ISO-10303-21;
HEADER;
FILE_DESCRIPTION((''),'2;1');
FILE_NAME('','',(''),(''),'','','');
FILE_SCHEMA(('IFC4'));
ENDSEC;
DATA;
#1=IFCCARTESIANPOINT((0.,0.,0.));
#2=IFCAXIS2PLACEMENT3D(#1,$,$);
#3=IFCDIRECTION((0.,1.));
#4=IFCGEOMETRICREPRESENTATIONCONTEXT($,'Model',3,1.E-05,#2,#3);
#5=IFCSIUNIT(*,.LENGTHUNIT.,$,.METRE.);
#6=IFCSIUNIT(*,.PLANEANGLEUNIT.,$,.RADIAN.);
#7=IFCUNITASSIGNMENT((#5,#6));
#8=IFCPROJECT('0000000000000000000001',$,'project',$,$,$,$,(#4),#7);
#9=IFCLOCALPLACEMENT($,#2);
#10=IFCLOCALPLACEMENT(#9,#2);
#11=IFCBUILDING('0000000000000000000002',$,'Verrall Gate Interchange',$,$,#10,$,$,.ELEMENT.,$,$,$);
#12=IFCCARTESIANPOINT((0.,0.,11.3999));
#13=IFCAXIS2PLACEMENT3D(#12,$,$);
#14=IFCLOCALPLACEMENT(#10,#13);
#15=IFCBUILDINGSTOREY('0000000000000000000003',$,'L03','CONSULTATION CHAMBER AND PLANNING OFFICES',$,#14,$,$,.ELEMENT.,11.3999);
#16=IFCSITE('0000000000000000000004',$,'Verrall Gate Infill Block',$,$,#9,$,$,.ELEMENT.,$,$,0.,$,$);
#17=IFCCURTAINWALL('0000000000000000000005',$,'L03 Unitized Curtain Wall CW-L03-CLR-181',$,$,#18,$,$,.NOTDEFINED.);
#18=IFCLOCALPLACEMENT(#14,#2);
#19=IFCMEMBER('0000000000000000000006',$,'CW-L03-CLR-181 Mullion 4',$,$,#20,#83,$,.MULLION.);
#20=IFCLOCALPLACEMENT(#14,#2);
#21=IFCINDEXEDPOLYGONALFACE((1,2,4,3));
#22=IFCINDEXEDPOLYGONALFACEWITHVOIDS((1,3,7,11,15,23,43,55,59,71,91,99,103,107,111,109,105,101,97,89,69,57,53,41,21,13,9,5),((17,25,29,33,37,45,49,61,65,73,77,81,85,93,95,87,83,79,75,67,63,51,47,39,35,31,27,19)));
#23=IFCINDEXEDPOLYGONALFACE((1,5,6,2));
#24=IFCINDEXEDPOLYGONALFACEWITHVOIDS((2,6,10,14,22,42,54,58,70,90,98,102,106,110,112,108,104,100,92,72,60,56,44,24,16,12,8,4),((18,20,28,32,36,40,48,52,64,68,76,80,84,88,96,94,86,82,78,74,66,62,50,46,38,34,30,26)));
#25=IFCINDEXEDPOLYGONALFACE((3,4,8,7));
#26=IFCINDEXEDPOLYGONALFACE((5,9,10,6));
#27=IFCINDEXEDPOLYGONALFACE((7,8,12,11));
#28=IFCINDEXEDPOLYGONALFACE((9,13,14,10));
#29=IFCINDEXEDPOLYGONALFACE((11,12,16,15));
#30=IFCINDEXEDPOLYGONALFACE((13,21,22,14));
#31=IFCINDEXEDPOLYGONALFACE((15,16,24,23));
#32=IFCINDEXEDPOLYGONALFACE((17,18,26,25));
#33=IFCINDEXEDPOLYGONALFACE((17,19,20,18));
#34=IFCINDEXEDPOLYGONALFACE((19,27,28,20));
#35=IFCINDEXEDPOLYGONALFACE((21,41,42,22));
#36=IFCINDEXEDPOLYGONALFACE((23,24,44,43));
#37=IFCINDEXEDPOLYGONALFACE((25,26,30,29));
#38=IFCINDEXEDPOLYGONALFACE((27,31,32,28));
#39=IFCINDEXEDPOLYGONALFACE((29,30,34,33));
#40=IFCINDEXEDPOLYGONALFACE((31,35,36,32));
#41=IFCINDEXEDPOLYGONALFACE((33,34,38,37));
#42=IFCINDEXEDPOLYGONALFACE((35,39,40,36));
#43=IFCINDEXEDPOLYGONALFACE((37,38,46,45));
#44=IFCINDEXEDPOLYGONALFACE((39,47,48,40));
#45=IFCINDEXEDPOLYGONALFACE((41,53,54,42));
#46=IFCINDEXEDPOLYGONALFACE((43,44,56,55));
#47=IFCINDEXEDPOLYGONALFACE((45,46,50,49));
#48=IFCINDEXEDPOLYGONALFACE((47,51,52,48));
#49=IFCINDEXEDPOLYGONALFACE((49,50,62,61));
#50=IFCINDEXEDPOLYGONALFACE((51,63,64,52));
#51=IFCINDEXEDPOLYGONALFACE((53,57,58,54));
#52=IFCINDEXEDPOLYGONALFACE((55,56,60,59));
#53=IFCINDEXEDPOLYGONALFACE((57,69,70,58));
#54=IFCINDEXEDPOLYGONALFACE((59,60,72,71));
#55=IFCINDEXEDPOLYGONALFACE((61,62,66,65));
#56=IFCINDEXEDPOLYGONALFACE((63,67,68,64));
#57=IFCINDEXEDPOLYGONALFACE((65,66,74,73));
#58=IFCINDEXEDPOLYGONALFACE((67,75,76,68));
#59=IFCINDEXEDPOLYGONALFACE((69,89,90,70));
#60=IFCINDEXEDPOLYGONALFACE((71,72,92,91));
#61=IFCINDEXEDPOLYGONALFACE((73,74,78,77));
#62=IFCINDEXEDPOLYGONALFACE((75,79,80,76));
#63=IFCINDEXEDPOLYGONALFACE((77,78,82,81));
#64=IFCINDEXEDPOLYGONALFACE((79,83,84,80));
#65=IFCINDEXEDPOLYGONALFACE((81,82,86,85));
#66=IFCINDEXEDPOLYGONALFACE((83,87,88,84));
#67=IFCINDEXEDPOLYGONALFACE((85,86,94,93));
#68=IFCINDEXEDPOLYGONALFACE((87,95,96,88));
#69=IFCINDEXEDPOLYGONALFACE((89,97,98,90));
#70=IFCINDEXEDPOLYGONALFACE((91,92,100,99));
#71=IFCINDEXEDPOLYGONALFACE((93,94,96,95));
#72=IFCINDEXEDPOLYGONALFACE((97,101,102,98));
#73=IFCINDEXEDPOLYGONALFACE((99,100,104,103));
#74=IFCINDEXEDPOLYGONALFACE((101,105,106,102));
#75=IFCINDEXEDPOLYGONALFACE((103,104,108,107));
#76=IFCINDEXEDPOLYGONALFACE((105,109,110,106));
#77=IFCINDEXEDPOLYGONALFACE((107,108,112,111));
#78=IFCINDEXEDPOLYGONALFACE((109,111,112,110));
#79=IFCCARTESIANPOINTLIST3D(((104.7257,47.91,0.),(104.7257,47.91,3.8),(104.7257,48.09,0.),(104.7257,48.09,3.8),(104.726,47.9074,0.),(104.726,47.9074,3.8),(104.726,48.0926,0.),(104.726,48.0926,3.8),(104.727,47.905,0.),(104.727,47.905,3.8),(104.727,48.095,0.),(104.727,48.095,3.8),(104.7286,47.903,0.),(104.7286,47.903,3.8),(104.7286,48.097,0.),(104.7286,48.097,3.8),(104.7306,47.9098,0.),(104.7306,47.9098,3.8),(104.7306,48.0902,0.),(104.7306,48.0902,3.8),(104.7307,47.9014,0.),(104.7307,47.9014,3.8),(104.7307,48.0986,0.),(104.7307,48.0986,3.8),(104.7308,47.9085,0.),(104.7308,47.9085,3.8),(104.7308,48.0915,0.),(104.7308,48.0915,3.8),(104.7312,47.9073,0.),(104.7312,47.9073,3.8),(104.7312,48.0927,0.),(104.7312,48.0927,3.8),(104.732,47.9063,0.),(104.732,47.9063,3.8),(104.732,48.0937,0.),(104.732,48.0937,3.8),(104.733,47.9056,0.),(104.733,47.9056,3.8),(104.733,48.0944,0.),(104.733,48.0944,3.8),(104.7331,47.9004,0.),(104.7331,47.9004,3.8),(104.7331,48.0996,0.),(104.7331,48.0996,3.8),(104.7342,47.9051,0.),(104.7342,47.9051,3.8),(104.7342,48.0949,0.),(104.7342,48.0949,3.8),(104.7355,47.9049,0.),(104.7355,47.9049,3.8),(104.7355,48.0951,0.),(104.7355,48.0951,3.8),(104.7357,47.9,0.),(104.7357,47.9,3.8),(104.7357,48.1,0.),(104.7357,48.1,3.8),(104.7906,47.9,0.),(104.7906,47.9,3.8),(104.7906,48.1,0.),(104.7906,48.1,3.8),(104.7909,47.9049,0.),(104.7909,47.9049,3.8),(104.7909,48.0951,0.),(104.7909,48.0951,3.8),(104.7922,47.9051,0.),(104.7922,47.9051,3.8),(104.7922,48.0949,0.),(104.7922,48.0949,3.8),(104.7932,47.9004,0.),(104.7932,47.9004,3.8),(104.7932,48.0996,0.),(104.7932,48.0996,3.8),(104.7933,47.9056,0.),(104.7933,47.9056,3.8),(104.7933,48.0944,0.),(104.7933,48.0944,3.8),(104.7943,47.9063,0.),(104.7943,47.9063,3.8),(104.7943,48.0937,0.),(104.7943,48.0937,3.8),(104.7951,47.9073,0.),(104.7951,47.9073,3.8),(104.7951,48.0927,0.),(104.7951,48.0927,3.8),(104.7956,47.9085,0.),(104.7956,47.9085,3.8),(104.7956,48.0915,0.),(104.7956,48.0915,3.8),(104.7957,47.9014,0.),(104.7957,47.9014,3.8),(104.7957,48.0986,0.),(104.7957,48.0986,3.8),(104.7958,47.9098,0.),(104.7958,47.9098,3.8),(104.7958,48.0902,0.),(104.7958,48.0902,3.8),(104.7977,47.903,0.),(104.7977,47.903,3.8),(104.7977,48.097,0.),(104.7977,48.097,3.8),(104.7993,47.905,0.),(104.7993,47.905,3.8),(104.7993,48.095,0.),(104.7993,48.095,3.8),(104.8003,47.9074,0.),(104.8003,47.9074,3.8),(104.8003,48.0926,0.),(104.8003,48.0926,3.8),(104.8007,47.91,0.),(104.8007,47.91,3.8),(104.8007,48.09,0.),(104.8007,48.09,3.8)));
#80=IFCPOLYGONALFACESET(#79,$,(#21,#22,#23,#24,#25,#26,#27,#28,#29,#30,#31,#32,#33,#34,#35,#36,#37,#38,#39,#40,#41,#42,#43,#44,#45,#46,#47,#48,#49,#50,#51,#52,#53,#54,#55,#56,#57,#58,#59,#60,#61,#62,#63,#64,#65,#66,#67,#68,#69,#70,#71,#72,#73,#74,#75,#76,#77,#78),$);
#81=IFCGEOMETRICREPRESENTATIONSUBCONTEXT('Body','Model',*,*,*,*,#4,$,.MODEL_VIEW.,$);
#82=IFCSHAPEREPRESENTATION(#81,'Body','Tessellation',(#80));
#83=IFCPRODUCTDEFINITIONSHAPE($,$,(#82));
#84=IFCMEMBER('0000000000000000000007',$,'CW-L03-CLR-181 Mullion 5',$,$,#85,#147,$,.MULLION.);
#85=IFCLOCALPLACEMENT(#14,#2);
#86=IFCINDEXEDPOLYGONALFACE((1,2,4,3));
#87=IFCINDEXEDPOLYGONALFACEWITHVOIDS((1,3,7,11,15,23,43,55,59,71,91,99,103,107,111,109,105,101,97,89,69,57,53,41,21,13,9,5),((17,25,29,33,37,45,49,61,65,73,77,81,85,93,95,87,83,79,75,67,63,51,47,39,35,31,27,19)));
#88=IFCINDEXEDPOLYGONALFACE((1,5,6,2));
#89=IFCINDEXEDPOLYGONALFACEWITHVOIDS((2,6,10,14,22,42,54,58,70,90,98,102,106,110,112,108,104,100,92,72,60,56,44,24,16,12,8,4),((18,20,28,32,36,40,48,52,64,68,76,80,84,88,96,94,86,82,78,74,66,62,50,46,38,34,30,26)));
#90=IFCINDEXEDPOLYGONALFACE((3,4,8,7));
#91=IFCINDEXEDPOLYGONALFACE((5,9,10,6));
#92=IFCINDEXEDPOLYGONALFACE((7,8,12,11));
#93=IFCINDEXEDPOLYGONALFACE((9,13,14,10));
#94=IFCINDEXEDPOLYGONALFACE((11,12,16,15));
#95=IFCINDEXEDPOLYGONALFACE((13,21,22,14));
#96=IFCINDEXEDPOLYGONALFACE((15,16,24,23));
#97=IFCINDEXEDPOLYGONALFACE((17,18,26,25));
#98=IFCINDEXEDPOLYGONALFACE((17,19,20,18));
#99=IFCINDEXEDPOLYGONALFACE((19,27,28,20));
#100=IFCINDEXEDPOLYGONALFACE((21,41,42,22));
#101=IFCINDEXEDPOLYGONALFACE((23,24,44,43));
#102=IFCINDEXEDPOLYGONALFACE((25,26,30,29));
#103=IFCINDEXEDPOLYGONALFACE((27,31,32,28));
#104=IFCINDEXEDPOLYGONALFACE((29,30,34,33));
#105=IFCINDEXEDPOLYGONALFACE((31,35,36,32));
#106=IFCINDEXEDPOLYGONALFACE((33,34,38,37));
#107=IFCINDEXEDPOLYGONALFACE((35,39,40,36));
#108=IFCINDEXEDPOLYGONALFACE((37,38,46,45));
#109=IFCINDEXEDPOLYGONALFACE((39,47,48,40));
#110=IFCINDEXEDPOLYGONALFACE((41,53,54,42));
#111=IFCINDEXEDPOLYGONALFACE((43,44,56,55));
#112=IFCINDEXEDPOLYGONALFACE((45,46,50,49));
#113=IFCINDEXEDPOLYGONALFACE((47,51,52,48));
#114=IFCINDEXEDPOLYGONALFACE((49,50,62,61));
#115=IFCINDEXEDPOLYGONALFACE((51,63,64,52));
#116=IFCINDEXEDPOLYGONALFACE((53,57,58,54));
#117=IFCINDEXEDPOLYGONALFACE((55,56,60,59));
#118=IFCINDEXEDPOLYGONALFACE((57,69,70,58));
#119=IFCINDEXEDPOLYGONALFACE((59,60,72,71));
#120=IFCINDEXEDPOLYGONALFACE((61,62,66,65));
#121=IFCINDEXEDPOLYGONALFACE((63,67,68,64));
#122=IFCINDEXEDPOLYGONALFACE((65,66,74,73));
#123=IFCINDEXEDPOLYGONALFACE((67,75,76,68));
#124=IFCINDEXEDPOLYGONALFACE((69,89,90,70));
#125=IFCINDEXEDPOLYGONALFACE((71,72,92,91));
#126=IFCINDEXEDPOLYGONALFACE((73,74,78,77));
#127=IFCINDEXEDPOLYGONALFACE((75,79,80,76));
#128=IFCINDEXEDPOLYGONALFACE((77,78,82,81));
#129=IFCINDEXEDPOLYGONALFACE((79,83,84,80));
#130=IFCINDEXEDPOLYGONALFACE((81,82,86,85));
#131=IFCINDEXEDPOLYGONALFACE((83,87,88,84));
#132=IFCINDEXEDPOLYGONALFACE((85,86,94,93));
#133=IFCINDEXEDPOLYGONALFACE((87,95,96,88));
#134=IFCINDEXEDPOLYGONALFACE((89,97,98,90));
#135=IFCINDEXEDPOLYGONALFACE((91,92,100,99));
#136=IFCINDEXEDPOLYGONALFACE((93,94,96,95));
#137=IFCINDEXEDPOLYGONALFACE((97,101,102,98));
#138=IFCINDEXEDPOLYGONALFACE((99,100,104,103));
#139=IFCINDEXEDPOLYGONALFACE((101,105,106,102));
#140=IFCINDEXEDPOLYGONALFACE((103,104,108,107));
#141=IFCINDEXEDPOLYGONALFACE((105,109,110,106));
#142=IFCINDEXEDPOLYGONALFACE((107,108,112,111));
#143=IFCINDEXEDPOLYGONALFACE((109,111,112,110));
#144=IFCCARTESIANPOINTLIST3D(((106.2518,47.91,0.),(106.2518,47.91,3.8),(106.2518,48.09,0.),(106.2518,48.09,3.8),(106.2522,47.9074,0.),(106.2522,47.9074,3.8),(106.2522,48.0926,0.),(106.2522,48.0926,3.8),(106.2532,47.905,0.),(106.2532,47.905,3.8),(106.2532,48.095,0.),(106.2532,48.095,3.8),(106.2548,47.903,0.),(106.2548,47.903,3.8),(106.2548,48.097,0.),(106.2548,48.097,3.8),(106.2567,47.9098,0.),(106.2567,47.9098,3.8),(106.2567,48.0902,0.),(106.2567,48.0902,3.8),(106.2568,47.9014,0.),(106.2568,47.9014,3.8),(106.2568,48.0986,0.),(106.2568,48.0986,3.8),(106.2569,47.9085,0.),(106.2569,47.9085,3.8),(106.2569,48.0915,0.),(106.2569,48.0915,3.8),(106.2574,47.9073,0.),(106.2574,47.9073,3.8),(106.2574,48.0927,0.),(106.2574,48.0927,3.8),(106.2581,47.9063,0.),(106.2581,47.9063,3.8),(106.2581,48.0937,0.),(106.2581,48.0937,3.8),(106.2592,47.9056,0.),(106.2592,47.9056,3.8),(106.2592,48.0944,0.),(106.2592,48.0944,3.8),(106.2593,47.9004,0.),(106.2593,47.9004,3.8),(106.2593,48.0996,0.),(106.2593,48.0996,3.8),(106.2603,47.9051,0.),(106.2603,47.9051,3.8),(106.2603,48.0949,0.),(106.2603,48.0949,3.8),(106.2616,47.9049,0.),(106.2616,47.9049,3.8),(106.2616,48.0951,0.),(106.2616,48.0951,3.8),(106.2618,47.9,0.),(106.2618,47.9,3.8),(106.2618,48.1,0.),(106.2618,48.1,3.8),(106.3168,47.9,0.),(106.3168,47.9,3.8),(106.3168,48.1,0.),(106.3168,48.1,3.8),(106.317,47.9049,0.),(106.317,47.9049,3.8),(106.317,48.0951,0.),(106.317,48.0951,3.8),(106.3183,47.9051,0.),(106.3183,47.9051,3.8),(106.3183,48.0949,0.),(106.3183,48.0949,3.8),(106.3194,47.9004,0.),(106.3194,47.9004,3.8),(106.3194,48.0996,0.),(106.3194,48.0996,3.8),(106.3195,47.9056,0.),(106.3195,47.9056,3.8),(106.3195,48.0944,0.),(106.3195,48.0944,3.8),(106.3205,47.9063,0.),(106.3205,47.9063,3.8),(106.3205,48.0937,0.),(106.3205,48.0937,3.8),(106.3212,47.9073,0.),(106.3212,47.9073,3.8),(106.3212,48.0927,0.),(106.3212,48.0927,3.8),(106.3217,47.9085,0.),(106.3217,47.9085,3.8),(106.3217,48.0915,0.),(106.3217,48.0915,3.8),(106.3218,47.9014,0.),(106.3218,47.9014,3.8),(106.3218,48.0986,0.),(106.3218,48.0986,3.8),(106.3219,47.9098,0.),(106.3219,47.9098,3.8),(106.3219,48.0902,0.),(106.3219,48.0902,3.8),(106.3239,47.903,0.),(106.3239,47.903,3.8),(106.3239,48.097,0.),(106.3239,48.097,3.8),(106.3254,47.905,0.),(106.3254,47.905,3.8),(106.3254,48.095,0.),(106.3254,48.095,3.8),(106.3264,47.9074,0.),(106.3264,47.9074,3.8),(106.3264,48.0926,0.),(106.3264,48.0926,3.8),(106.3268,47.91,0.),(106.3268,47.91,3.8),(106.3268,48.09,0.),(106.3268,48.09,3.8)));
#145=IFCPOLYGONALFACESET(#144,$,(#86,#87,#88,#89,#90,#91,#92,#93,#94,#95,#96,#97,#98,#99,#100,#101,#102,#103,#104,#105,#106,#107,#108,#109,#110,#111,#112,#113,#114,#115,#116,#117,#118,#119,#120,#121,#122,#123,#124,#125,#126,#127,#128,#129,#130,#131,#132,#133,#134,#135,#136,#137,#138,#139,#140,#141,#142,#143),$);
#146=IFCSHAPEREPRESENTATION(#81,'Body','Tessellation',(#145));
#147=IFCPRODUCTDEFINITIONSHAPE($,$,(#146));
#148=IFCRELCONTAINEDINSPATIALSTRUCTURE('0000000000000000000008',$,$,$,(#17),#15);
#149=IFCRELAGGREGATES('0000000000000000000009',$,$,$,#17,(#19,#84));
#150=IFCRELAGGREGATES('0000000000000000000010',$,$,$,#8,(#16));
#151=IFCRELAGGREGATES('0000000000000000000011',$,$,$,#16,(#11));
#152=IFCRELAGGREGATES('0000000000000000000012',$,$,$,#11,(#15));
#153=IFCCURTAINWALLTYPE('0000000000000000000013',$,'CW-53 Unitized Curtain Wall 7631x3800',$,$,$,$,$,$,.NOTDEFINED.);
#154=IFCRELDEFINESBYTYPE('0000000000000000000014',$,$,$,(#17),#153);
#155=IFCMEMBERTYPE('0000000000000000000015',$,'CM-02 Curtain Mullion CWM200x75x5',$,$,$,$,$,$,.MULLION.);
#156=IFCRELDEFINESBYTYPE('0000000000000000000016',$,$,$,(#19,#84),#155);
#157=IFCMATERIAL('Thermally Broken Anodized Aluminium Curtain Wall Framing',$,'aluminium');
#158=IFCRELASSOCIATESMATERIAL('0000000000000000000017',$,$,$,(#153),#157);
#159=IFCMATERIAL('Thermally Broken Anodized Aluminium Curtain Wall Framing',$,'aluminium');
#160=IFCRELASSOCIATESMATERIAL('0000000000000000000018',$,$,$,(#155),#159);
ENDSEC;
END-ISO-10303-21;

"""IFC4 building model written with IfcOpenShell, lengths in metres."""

from ifc_helpers import new_model, si_unit, direction, frame, origin, origin_2d, place, context, subcontext, project, spatial, hollow_rectangle, extrude, material, material_profile, profile_set, type_object, element, aggregate, save


model = new_model("IFC4")

# Units and contexts
model_context = context("Model", 3, precision=1e-05, world=origin(), true_north=direction((0.0, 1.0)))
body_context = subcontext(model_context, "Body", "Model", "MODEL_VIEW")
ifc_project = project(units=[si_unit("LENGTHUNIT", "METRE"), si_unit("PLANEANGLEUNIT", "RADIAN")], contexts=[model_context])

# Site, building, storey
site_placement = place(None, origin())
site = spatial("IfcSite", under=ifc_project, at=site_placement, Name="Verrall Gate Infill Block", CompositionType="ELEMENT", RefElevation=0.0)
building_placement = place(site_placement, origin())
building = spatial("IfcBuilding", under=site, at=building_placement, Name="Verrall Gate Interchange", CompositionType="ELEMENT")
storey_placement = place(building_placement, frame((0.0, 0.0, 11.3999)))
storey = spatial("IfcBuildingStorey", under=building, at=storey_placement, Name="L03", Description="CONSULTATION CHAMBER AND PLANNING OFFICES", CompositionType="ELEMENT", Elevation=11.3999)

# Curtain wall, members
ifc_material_1 = material(Name="Thermally Broken Anodized Aluminium Curtain Wall Framing", Category="aluminium")
curtain_wall_type = type_object("IfcCurtainWallType", Name="CW-53 Unitized Curtain Wall 7631x3800", PredefinedType="NOTDEFINED", material=ifc_material_1)
curtain_wall_placement = place(storey_placement, origin())
curtain_wall = element("IfcCurtainWall", 1, at=curtain_wall_placement, inside=storey, type_object=curtain_wall_type, Name="L03 Unitized Curtain Wall CW-L03-CLR-181", PredefinedType="NOTDEFINED")
ifc_material_2 = material(Name="Thermally Broken Anodized Aluminium Curtain Wall Framing", Category="aluminium")
ifc_material_profile_1 = material_profile(ifc_material_2, hollow_rectangle(XDim=0.075, YDim=0.2, WallThickness=0.0049, InnerFilletRadius=0.0049, OuterFilletRadius=0.01, at=origin_2d()), Name="CWM200x75x5")
ifc_profile_set_1 = profile_set([ifc_material_profile_1], Name="Thermally Broken Anodized Aluminium Curtain Wall Framing")
member_type_1 = type_object("IfcMemberType", Name="CM-02 Curtain Mullion CWM200x75x5", PredefinedType="MULLION", material=ifc_profile_set_1)
member_1_placement = place(storey_placement, frame((104.7632, 48.0, 0.0), z_axis=(0.0, 0.0, 1.0), x_axis=(1.0, 0.0, 0.0)))
member_1 = element("IfcMember", 2, at=member_1_placement, type_object=member_type_1, Name="CW-L03-CLR-181 Mullion 4", PredefinedType="MULLION", context=body_context, shape_type="SweptSolid", body=[
    extrude(hollow_rectangle(XDim=0.075, YDim=0.2, WallThickness=0.0049, InnerFilletRadius=0.0049, OuterFilletRadius=0.01, at=origin_2d()), origin(), (0.0, 0.0, 1.0), 3.8),
])
member_2_placement = place(storey_placement, frame((106.2893, 48.0, 0.0), z_axis=(0.0, 0.0, 1.0), x_axis=(1.0, 0.0, 0.0)))
member_2 = element("IfcMember", 3, at=member_2_placement, type_object=member_type_1, Name="CW-L03-CLR-181 Mullion 5", PredefinedType="MULLION", context=body_context, shape_type="SweptSolid", body=[
    extrude(hollow_rectangle(XDim=0.075, YDim=0.2, WallThickness=0.0049, InnerFilletRadius=0.0049, OuterFilletRadius=0.01, at=origin_2d()), origin(), (0.0, 0.0, 1.0), 3.8),
])

aggregate(curtain_wall, [member_1, member_2])

save(model, "model.ifc")
